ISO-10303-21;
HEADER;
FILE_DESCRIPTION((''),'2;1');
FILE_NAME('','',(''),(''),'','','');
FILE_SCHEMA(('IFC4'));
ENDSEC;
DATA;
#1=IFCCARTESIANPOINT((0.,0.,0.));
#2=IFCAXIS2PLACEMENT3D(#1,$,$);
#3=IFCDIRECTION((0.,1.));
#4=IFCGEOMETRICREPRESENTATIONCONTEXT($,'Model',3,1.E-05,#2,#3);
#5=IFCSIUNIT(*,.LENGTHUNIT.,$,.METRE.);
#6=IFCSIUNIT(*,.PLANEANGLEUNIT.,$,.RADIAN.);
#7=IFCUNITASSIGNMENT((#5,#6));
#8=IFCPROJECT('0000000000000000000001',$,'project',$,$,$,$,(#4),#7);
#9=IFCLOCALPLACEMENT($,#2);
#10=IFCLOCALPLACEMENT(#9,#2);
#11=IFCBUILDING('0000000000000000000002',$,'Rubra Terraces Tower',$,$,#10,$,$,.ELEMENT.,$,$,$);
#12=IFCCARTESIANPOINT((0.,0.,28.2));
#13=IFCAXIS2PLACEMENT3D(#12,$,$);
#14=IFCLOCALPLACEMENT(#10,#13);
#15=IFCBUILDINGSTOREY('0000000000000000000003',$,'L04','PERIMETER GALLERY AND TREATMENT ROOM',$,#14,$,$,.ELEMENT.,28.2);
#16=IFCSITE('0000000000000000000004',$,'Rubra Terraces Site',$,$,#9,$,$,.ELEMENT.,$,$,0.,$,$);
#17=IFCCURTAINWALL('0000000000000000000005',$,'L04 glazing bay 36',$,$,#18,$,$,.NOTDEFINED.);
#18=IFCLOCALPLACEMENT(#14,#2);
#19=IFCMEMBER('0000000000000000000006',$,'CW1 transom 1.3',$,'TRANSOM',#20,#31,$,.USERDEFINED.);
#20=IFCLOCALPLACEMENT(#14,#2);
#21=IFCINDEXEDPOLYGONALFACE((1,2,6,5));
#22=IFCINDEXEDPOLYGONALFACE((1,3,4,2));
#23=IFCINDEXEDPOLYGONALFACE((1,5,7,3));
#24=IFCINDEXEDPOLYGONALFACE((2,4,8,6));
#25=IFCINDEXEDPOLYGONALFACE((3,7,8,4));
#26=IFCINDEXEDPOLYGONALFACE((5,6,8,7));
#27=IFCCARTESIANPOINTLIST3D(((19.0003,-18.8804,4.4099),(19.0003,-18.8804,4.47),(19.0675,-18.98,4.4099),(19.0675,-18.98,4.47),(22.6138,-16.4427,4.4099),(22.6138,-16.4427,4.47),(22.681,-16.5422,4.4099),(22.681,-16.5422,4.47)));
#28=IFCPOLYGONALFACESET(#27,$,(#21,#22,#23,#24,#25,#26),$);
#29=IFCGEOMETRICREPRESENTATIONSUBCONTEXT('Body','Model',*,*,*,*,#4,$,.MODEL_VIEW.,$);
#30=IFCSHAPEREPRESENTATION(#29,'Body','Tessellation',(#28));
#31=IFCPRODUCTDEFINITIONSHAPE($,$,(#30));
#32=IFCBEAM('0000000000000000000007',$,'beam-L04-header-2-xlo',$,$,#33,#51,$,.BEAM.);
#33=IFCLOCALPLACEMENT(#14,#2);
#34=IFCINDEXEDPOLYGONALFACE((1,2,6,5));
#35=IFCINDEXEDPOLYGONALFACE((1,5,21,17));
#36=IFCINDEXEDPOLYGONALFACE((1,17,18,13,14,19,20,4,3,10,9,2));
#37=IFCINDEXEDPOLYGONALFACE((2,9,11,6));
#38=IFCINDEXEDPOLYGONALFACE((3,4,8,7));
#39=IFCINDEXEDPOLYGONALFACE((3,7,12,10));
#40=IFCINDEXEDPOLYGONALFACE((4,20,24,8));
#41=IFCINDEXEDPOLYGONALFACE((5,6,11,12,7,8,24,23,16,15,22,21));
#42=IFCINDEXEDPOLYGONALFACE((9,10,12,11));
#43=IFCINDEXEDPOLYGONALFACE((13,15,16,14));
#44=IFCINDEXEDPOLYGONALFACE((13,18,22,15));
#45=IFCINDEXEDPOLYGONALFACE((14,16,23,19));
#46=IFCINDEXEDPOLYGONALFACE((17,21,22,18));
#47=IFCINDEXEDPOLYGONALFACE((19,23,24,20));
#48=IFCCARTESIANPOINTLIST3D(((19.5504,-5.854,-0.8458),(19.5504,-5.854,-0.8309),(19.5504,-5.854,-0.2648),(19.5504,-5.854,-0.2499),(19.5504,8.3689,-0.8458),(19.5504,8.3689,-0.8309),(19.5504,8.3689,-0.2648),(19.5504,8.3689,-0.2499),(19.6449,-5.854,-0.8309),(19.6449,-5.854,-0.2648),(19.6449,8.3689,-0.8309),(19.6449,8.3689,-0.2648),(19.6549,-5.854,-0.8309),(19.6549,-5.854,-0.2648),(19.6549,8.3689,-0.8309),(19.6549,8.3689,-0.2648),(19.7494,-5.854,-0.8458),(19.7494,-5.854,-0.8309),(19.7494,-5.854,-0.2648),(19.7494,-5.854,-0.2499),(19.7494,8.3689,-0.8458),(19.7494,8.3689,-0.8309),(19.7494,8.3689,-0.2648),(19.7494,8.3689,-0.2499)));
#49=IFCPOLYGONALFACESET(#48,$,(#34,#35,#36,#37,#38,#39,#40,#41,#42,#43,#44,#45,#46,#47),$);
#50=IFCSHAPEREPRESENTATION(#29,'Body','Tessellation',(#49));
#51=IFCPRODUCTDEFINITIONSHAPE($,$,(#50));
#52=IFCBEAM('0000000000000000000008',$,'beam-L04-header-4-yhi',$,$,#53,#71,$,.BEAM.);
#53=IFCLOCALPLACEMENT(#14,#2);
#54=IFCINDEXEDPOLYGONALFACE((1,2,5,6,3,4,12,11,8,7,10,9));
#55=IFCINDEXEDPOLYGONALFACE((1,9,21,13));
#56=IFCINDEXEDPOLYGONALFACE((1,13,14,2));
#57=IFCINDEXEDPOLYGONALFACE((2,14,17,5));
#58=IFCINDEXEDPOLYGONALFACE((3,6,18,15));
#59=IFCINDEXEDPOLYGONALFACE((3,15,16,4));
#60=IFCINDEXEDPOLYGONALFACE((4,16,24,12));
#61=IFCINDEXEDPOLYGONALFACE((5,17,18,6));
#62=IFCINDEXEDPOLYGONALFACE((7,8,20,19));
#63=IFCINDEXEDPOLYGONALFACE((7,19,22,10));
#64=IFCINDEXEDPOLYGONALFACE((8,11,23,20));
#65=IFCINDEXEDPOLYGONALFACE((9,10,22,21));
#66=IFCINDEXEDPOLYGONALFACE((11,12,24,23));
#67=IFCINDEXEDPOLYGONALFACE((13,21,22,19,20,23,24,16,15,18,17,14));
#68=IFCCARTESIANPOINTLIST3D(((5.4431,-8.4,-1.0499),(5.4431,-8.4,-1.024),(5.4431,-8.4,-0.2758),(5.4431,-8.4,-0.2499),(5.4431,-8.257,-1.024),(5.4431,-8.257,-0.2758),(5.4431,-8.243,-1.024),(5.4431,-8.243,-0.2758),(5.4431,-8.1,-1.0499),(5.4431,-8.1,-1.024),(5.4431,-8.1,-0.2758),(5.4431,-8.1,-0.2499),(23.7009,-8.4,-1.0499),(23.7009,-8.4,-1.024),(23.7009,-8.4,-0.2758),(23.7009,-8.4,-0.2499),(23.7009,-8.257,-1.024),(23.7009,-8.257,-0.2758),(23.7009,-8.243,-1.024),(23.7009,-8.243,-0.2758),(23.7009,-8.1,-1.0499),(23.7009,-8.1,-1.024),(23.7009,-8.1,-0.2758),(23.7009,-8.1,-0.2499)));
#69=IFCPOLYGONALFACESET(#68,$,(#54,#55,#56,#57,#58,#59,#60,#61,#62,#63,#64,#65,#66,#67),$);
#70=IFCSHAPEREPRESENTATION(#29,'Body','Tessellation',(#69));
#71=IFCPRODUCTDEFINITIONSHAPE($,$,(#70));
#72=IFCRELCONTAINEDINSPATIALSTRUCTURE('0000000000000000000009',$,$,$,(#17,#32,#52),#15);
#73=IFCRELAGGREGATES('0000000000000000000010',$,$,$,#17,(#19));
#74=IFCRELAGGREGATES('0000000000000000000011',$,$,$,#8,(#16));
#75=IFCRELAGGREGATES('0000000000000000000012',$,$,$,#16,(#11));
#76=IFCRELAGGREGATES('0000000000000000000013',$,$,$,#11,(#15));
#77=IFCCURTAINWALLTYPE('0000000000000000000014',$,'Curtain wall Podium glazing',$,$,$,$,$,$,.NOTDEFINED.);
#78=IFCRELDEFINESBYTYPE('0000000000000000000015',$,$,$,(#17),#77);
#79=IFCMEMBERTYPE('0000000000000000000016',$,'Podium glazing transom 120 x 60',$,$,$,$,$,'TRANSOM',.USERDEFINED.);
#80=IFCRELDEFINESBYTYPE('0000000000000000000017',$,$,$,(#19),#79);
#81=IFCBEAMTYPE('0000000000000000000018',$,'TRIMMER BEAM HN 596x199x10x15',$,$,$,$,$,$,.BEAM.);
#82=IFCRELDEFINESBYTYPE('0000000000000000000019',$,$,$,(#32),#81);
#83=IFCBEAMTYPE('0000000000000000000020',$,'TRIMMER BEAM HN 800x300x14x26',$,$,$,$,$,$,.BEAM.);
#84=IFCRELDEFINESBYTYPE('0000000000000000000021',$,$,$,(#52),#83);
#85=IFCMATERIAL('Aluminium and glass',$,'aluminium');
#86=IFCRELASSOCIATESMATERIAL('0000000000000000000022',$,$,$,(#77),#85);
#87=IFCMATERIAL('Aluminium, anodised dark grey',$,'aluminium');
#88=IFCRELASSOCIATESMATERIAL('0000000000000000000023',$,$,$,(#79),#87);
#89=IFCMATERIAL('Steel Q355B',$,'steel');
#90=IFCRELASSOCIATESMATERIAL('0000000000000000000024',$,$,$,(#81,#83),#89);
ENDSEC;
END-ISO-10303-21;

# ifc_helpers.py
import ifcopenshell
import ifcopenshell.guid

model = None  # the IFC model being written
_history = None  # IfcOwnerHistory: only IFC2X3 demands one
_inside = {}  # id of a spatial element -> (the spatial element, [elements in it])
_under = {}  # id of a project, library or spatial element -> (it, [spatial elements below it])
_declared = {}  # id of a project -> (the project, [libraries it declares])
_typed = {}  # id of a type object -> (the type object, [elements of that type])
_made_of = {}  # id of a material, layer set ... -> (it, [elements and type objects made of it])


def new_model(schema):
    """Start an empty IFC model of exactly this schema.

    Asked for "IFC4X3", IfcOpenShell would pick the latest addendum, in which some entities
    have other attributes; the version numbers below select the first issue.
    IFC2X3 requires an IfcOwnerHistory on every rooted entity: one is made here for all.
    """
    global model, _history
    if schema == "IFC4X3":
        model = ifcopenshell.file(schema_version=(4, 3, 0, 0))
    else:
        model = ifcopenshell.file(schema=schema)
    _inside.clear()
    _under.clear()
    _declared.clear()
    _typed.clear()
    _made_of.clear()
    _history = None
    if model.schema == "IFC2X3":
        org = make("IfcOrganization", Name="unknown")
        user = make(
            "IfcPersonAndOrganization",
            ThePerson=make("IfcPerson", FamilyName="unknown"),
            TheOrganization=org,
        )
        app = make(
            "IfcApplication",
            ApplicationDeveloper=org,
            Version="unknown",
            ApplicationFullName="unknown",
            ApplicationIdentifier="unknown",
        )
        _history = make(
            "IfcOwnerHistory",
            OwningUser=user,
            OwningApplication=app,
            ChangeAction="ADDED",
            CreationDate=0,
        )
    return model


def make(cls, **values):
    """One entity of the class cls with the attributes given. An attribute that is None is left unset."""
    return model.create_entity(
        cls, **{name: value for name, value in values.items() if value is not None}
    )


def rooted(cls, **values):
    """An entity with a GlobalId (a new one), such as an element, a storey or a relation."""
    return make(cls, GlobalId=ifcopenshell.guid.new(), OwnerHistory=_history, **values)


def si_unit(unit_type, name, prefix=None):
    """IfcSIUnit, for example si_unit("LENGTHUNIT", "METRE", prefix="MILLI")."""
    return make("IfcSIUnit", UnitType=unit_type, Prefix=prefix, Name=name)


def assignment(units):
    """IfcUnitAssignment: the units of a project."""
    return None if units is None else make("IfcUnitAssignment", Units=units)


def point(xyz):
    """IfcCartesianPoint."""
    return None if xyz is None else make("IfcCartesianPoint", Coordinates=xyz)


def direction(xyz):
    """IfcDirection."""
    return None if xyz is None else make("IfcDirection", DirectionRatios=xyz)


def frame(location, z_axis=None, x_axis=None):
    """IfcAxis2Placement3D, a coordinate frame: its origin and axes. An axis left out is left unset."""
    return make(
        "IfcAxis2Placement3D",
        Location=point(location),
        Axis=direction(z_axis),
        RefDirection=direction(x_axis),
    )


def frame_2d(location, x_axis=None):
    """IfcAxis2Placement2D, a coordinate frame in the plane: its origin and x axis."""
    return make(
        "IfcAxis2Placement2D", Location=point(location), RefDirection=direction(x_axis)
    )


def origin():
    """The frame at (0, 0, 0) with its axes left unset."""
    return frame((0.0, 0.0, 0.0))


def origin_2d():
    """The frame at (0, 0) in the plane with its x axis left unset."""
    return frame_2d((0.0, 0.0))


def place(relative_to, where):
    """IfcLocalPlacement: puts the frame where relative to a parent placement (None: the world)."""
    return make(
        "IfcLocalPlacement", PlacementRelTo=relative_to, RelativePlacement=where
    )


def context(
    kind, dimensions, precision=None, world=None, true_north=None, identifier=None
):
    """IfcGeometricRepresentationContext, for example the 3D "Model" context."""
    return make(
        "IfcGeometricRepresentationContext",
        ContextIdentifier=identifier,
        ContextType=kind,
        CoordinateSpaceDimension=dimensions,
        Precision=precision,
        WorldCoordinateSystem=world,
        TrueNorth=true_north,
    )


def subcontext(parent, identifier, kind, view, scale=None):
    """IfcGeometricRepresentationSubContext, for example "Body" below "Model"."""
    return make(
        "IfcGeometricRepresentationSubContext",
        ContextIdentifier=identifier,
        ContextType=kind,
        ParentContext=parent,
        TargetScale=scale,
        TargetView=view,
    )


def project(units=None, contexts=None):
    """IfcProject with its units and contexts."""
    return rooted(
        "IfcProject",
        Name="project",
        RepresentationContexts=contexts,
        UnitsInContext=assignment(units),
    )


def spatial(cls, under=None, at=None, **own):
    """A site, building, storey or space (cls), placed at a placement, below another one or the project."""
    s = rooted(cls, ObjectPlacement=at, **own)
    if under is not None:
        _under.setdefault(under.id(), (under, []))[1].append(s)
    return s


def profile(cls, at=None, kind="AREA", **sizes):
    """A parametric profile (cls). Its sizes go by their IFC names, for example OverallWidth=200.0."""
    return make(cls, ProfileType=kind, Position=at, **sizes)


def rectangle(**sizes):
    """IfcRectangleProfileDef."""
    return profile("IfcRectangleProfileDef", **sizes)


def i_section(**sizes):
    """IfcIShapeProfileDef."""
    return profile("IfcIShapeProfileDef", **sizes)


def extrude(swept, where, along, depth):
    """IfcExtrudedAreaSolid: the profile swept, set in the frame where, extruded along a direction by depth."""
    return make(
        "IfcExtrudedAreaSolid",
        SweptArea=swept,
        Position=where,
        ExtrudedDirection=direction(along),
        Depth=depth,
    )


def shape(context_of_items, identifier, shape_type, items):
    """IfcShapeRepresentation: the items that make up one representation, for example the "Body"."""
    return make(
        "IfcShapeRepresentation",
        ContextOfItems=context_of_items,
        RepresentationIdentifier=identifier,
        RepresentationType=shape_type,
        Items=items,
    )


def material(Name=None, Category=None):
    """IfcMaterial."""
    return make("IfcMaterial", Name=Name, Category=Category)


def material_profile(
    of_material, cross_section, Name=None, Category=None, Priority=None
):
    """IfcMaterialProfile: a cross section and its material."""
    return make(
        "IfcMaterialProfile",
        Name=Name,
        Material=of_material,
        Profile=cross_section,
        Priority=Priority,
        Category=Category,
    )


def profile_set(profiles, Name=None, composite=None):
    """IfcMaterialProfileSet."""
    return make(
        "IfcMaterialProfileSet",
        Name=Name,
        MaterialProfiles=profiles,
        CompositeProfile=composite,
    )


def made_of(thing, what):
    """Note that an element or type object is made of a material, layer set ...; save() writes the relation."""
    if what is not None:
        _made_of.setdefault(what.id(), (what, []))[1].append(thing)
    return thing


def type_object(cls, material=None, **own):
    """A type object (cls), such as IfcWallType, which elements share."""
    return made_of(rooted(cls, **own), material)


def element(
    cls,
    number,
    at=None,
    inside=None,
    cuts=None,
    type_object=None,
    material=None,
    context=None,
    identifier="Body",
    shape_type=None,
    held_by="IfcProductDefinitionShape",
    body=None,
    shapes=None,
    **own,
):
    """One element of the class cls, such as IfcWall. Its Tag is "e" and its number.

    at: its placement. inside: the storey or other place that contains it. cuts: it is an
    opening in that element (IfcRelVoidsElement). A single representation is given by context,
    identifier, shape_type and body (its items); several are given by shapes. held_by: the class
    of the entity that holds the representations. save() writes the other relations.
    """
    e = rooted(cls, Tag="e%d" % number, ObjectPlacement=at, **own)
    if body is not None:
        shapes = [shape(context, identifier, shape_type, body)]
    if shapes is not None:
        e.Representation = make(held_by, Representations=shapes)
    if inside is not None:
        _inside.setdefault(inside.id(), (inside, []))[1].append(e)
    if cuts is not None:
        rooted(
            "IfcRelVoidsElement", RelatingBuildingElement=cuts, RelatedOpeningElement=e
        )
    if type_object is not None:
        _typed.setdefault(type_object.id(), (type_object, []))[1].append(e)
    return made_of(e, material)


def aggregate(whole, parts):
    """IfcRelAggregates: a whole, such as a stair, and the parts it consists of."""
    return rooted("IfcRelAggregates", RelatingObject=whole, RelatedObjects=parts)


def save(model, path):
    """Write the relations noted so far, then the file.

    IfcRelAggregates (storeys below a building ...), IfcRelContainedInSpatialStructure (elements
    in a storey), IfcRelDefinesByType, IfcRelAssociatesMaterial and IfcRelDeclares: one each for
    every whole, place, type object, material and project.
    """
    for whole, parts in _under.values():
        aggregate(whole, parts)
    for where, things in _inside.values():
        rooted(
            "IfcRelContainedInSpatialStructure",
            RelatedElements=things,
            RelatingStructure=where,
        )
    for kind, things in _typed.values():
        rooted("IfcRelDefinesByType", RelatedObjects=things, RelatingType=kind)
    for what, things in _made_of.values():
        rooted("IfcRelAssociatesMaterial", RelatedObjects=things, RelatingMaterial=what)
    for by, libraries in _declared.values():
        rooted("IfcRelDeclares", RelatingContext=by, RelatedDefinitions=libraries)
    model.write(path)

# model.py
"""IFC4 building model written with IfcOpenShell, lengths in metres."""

from ifc_helpers import new_model, si_unit, direction, frame, origin, origin_2d, place, context, subcontext, project, spatial, rectangle, i_section, extrude, material, material_profile, profile_set, type_object, element, aggregate, save


model = new_model("IFC4")

# Units and contexts
model_context = context("Model", 3, precision=1e-05, world=origin(), true_north=direction((0.0, 1.0)))
body_context = subcontext(model_context, "Body", "Model", "MODEL_VIEW")
ifc_project = project(units=[si_unit("LENGTHUNIT", "METRE"), si_unit("PLANEANGLEUNIT", "RADIAN")], contexts=[model_context])

# Site, building, storey
site_placement = place(None, origin())
site = spatial("IfcSite", under=ifc_project, at=site_placement, Name="Rubra Terraces Site", CompositionType="ELEMENT", RefElevation=0.0)
building_placement = place(site_placement, origin())
building = spatial("IfcBuilding", under=site, at=building_placement, Name="Rubra Terraces Tower", CompositionType="ELEMENT")
storey_placement = place(building_placement, frame((0.0, 0.0, 28.2)))
storey = spatial("IfcBuildingStorey", under=building, at=storey_placement, Name="L04", Description="PERIMETER GALLERY AND TREATMENT ROOM", CompositionType="ELEMENT", Elevation=28.2)

# Shared definitions
ifc_material_1 = material(Name="Steel Q355B", Category="steel")

# Curtain wall, member
ifc_material_2 = material(Name="Aluminium and glass", Category="aluminium")
curtain_wall_type = type_object("IfcCurtainWallType", Name="Curtain wall Podium glazing", PredefinedType="NOTDEFINED", material=ifc_material_2)
curtain_wall_placement = place(storey_placement, origin())
curtain_wall = element("IfcCurtainWall", 1, at=curtain_wall_placement, inside=storey, type_object=curtain_wall_type, Name="L04 glazing bay 36", PredefinedType="NOTDEFINED")
ifc_material_3 = material(Name="Aluminium, anodised dark grey", Category="aluminium")
ifc_material_profile_1 = material_profile(ifc_material_3, rectangle(XDim=0.1201, YDim=0.0601, at=origin_2d()), Name="AL 120x60")
ifc_profile_set_1 = profile_set([ifc_material_profile_1], Name="Aluminium, anodised dark grey")
member_type_1 = type_object("IfcMemberType", Name="Podium glazing transom 120 x 60", ElementType="TRANSOM", PredefinedType="USERDEFINED", material=ifc_profile_set_1)
member_1_placement = place(storey_placement, frame((19.0339, -18.9302, 4.4399), z_axis=(0.828996, 0.559254, 0.0), x_axis=(-0.559254, 0.828996, 0.0)))
member_1 = element("IfcMember", 2, at=member_1_placement, type_object=member_type_1, Name="CW1 transom 1.3", ObjectType="TRANSOM", PredefinedType="USERDEFINED", context=body_context, shape_type="SweptSolid", body=[
    extrude(rectangle(XDim=0.1201, YDim=0.0601, at=origin_2d()), origin(), (0.0, 0.0, 1.0), 4.3589),
])
aggregate(curtain_wall, [member_1])

# Beams
ifc_material_profile_2 = material_profile(ifc_material_1, i_section(OverallWidth=0.199, OverallDepth=0.5959, WebThickness=0.01, FlangeThickness=0.0149, at=origin_2d()), Name="HN 596x199x10x15")
ifc_profile_set_2 = profile_set([ifc_material_profile_2], Name="Steel Q355B")
beam_type_1 = type_object("IfcBeamType", Name="TRIMMER BEAM HN 596x199x10x15", PredefinedType="BEAM", material=ifc_profile_set_2)
beam_1_placement = place(storey_placement, frame((19.6499, -5.854, -0.5479), z_axis=(0.0, 1.0, 0.0), x_axis=(-1.0, 0.0, 0.0)))
element("IfcBeam", 3, at=beam_1_placement, inside=storey, type_object=beam_type_1, Name="beam-L04-header-2-xlo", PredefinedType="BEAM", context=body_context, shape_type="SweptSolid", body=[
    extrude(i_section(OverallWidth=0.199, OverallDepth=0.5959, WebThickness=0.01, FlangeThickness=0.0149, at=origin_2d()), origin(), (0.0, 0.0, 1.0), 14.2229),
])
ifc_material_profile_3 = material_profile(ifc_material_1, i_section(OverallWidth=0.3, OverallDepth=0.8, WebThickness=0.0139, FlangeThickness=0.0259, at=origin_2d()), Name="HN 800x300x14x26")
ifc_profile_set_3 = profile_set([ifc_material_profile_3], Name="Steel Q355B")
beam_type_2 = type_object("IfcBeamType", Name="TRIMMER BEAM HN 800x300x14x26", PredefinedType="BEAM", material=ifc_profile_set_3)
beam_2_placement = place(storey_placement, frame((5.4431, -8.25, -0.6499), z_axis=(1.0, 0.0, 0.0), x_axis=(0.0, 1.0, 0.0)))
element("IfcBeam", 4, at=beam_2_placement, inside=storey, type_object=beam_type_2, Name="beam-L04-header-4-yhi", PredefinedType="BEAM", context=body_context, shape_type="SweptSolid", body=[
    extrude(i_section(OverallWidth=0.3, OverallDepth=0.8, WebThickness=0.0139, FlangeThickness=0.0259, at=origin_2d()), origin(), (0.0, 0.0, 1.0), 18.2578),
])

save(model, "model.ifc")
